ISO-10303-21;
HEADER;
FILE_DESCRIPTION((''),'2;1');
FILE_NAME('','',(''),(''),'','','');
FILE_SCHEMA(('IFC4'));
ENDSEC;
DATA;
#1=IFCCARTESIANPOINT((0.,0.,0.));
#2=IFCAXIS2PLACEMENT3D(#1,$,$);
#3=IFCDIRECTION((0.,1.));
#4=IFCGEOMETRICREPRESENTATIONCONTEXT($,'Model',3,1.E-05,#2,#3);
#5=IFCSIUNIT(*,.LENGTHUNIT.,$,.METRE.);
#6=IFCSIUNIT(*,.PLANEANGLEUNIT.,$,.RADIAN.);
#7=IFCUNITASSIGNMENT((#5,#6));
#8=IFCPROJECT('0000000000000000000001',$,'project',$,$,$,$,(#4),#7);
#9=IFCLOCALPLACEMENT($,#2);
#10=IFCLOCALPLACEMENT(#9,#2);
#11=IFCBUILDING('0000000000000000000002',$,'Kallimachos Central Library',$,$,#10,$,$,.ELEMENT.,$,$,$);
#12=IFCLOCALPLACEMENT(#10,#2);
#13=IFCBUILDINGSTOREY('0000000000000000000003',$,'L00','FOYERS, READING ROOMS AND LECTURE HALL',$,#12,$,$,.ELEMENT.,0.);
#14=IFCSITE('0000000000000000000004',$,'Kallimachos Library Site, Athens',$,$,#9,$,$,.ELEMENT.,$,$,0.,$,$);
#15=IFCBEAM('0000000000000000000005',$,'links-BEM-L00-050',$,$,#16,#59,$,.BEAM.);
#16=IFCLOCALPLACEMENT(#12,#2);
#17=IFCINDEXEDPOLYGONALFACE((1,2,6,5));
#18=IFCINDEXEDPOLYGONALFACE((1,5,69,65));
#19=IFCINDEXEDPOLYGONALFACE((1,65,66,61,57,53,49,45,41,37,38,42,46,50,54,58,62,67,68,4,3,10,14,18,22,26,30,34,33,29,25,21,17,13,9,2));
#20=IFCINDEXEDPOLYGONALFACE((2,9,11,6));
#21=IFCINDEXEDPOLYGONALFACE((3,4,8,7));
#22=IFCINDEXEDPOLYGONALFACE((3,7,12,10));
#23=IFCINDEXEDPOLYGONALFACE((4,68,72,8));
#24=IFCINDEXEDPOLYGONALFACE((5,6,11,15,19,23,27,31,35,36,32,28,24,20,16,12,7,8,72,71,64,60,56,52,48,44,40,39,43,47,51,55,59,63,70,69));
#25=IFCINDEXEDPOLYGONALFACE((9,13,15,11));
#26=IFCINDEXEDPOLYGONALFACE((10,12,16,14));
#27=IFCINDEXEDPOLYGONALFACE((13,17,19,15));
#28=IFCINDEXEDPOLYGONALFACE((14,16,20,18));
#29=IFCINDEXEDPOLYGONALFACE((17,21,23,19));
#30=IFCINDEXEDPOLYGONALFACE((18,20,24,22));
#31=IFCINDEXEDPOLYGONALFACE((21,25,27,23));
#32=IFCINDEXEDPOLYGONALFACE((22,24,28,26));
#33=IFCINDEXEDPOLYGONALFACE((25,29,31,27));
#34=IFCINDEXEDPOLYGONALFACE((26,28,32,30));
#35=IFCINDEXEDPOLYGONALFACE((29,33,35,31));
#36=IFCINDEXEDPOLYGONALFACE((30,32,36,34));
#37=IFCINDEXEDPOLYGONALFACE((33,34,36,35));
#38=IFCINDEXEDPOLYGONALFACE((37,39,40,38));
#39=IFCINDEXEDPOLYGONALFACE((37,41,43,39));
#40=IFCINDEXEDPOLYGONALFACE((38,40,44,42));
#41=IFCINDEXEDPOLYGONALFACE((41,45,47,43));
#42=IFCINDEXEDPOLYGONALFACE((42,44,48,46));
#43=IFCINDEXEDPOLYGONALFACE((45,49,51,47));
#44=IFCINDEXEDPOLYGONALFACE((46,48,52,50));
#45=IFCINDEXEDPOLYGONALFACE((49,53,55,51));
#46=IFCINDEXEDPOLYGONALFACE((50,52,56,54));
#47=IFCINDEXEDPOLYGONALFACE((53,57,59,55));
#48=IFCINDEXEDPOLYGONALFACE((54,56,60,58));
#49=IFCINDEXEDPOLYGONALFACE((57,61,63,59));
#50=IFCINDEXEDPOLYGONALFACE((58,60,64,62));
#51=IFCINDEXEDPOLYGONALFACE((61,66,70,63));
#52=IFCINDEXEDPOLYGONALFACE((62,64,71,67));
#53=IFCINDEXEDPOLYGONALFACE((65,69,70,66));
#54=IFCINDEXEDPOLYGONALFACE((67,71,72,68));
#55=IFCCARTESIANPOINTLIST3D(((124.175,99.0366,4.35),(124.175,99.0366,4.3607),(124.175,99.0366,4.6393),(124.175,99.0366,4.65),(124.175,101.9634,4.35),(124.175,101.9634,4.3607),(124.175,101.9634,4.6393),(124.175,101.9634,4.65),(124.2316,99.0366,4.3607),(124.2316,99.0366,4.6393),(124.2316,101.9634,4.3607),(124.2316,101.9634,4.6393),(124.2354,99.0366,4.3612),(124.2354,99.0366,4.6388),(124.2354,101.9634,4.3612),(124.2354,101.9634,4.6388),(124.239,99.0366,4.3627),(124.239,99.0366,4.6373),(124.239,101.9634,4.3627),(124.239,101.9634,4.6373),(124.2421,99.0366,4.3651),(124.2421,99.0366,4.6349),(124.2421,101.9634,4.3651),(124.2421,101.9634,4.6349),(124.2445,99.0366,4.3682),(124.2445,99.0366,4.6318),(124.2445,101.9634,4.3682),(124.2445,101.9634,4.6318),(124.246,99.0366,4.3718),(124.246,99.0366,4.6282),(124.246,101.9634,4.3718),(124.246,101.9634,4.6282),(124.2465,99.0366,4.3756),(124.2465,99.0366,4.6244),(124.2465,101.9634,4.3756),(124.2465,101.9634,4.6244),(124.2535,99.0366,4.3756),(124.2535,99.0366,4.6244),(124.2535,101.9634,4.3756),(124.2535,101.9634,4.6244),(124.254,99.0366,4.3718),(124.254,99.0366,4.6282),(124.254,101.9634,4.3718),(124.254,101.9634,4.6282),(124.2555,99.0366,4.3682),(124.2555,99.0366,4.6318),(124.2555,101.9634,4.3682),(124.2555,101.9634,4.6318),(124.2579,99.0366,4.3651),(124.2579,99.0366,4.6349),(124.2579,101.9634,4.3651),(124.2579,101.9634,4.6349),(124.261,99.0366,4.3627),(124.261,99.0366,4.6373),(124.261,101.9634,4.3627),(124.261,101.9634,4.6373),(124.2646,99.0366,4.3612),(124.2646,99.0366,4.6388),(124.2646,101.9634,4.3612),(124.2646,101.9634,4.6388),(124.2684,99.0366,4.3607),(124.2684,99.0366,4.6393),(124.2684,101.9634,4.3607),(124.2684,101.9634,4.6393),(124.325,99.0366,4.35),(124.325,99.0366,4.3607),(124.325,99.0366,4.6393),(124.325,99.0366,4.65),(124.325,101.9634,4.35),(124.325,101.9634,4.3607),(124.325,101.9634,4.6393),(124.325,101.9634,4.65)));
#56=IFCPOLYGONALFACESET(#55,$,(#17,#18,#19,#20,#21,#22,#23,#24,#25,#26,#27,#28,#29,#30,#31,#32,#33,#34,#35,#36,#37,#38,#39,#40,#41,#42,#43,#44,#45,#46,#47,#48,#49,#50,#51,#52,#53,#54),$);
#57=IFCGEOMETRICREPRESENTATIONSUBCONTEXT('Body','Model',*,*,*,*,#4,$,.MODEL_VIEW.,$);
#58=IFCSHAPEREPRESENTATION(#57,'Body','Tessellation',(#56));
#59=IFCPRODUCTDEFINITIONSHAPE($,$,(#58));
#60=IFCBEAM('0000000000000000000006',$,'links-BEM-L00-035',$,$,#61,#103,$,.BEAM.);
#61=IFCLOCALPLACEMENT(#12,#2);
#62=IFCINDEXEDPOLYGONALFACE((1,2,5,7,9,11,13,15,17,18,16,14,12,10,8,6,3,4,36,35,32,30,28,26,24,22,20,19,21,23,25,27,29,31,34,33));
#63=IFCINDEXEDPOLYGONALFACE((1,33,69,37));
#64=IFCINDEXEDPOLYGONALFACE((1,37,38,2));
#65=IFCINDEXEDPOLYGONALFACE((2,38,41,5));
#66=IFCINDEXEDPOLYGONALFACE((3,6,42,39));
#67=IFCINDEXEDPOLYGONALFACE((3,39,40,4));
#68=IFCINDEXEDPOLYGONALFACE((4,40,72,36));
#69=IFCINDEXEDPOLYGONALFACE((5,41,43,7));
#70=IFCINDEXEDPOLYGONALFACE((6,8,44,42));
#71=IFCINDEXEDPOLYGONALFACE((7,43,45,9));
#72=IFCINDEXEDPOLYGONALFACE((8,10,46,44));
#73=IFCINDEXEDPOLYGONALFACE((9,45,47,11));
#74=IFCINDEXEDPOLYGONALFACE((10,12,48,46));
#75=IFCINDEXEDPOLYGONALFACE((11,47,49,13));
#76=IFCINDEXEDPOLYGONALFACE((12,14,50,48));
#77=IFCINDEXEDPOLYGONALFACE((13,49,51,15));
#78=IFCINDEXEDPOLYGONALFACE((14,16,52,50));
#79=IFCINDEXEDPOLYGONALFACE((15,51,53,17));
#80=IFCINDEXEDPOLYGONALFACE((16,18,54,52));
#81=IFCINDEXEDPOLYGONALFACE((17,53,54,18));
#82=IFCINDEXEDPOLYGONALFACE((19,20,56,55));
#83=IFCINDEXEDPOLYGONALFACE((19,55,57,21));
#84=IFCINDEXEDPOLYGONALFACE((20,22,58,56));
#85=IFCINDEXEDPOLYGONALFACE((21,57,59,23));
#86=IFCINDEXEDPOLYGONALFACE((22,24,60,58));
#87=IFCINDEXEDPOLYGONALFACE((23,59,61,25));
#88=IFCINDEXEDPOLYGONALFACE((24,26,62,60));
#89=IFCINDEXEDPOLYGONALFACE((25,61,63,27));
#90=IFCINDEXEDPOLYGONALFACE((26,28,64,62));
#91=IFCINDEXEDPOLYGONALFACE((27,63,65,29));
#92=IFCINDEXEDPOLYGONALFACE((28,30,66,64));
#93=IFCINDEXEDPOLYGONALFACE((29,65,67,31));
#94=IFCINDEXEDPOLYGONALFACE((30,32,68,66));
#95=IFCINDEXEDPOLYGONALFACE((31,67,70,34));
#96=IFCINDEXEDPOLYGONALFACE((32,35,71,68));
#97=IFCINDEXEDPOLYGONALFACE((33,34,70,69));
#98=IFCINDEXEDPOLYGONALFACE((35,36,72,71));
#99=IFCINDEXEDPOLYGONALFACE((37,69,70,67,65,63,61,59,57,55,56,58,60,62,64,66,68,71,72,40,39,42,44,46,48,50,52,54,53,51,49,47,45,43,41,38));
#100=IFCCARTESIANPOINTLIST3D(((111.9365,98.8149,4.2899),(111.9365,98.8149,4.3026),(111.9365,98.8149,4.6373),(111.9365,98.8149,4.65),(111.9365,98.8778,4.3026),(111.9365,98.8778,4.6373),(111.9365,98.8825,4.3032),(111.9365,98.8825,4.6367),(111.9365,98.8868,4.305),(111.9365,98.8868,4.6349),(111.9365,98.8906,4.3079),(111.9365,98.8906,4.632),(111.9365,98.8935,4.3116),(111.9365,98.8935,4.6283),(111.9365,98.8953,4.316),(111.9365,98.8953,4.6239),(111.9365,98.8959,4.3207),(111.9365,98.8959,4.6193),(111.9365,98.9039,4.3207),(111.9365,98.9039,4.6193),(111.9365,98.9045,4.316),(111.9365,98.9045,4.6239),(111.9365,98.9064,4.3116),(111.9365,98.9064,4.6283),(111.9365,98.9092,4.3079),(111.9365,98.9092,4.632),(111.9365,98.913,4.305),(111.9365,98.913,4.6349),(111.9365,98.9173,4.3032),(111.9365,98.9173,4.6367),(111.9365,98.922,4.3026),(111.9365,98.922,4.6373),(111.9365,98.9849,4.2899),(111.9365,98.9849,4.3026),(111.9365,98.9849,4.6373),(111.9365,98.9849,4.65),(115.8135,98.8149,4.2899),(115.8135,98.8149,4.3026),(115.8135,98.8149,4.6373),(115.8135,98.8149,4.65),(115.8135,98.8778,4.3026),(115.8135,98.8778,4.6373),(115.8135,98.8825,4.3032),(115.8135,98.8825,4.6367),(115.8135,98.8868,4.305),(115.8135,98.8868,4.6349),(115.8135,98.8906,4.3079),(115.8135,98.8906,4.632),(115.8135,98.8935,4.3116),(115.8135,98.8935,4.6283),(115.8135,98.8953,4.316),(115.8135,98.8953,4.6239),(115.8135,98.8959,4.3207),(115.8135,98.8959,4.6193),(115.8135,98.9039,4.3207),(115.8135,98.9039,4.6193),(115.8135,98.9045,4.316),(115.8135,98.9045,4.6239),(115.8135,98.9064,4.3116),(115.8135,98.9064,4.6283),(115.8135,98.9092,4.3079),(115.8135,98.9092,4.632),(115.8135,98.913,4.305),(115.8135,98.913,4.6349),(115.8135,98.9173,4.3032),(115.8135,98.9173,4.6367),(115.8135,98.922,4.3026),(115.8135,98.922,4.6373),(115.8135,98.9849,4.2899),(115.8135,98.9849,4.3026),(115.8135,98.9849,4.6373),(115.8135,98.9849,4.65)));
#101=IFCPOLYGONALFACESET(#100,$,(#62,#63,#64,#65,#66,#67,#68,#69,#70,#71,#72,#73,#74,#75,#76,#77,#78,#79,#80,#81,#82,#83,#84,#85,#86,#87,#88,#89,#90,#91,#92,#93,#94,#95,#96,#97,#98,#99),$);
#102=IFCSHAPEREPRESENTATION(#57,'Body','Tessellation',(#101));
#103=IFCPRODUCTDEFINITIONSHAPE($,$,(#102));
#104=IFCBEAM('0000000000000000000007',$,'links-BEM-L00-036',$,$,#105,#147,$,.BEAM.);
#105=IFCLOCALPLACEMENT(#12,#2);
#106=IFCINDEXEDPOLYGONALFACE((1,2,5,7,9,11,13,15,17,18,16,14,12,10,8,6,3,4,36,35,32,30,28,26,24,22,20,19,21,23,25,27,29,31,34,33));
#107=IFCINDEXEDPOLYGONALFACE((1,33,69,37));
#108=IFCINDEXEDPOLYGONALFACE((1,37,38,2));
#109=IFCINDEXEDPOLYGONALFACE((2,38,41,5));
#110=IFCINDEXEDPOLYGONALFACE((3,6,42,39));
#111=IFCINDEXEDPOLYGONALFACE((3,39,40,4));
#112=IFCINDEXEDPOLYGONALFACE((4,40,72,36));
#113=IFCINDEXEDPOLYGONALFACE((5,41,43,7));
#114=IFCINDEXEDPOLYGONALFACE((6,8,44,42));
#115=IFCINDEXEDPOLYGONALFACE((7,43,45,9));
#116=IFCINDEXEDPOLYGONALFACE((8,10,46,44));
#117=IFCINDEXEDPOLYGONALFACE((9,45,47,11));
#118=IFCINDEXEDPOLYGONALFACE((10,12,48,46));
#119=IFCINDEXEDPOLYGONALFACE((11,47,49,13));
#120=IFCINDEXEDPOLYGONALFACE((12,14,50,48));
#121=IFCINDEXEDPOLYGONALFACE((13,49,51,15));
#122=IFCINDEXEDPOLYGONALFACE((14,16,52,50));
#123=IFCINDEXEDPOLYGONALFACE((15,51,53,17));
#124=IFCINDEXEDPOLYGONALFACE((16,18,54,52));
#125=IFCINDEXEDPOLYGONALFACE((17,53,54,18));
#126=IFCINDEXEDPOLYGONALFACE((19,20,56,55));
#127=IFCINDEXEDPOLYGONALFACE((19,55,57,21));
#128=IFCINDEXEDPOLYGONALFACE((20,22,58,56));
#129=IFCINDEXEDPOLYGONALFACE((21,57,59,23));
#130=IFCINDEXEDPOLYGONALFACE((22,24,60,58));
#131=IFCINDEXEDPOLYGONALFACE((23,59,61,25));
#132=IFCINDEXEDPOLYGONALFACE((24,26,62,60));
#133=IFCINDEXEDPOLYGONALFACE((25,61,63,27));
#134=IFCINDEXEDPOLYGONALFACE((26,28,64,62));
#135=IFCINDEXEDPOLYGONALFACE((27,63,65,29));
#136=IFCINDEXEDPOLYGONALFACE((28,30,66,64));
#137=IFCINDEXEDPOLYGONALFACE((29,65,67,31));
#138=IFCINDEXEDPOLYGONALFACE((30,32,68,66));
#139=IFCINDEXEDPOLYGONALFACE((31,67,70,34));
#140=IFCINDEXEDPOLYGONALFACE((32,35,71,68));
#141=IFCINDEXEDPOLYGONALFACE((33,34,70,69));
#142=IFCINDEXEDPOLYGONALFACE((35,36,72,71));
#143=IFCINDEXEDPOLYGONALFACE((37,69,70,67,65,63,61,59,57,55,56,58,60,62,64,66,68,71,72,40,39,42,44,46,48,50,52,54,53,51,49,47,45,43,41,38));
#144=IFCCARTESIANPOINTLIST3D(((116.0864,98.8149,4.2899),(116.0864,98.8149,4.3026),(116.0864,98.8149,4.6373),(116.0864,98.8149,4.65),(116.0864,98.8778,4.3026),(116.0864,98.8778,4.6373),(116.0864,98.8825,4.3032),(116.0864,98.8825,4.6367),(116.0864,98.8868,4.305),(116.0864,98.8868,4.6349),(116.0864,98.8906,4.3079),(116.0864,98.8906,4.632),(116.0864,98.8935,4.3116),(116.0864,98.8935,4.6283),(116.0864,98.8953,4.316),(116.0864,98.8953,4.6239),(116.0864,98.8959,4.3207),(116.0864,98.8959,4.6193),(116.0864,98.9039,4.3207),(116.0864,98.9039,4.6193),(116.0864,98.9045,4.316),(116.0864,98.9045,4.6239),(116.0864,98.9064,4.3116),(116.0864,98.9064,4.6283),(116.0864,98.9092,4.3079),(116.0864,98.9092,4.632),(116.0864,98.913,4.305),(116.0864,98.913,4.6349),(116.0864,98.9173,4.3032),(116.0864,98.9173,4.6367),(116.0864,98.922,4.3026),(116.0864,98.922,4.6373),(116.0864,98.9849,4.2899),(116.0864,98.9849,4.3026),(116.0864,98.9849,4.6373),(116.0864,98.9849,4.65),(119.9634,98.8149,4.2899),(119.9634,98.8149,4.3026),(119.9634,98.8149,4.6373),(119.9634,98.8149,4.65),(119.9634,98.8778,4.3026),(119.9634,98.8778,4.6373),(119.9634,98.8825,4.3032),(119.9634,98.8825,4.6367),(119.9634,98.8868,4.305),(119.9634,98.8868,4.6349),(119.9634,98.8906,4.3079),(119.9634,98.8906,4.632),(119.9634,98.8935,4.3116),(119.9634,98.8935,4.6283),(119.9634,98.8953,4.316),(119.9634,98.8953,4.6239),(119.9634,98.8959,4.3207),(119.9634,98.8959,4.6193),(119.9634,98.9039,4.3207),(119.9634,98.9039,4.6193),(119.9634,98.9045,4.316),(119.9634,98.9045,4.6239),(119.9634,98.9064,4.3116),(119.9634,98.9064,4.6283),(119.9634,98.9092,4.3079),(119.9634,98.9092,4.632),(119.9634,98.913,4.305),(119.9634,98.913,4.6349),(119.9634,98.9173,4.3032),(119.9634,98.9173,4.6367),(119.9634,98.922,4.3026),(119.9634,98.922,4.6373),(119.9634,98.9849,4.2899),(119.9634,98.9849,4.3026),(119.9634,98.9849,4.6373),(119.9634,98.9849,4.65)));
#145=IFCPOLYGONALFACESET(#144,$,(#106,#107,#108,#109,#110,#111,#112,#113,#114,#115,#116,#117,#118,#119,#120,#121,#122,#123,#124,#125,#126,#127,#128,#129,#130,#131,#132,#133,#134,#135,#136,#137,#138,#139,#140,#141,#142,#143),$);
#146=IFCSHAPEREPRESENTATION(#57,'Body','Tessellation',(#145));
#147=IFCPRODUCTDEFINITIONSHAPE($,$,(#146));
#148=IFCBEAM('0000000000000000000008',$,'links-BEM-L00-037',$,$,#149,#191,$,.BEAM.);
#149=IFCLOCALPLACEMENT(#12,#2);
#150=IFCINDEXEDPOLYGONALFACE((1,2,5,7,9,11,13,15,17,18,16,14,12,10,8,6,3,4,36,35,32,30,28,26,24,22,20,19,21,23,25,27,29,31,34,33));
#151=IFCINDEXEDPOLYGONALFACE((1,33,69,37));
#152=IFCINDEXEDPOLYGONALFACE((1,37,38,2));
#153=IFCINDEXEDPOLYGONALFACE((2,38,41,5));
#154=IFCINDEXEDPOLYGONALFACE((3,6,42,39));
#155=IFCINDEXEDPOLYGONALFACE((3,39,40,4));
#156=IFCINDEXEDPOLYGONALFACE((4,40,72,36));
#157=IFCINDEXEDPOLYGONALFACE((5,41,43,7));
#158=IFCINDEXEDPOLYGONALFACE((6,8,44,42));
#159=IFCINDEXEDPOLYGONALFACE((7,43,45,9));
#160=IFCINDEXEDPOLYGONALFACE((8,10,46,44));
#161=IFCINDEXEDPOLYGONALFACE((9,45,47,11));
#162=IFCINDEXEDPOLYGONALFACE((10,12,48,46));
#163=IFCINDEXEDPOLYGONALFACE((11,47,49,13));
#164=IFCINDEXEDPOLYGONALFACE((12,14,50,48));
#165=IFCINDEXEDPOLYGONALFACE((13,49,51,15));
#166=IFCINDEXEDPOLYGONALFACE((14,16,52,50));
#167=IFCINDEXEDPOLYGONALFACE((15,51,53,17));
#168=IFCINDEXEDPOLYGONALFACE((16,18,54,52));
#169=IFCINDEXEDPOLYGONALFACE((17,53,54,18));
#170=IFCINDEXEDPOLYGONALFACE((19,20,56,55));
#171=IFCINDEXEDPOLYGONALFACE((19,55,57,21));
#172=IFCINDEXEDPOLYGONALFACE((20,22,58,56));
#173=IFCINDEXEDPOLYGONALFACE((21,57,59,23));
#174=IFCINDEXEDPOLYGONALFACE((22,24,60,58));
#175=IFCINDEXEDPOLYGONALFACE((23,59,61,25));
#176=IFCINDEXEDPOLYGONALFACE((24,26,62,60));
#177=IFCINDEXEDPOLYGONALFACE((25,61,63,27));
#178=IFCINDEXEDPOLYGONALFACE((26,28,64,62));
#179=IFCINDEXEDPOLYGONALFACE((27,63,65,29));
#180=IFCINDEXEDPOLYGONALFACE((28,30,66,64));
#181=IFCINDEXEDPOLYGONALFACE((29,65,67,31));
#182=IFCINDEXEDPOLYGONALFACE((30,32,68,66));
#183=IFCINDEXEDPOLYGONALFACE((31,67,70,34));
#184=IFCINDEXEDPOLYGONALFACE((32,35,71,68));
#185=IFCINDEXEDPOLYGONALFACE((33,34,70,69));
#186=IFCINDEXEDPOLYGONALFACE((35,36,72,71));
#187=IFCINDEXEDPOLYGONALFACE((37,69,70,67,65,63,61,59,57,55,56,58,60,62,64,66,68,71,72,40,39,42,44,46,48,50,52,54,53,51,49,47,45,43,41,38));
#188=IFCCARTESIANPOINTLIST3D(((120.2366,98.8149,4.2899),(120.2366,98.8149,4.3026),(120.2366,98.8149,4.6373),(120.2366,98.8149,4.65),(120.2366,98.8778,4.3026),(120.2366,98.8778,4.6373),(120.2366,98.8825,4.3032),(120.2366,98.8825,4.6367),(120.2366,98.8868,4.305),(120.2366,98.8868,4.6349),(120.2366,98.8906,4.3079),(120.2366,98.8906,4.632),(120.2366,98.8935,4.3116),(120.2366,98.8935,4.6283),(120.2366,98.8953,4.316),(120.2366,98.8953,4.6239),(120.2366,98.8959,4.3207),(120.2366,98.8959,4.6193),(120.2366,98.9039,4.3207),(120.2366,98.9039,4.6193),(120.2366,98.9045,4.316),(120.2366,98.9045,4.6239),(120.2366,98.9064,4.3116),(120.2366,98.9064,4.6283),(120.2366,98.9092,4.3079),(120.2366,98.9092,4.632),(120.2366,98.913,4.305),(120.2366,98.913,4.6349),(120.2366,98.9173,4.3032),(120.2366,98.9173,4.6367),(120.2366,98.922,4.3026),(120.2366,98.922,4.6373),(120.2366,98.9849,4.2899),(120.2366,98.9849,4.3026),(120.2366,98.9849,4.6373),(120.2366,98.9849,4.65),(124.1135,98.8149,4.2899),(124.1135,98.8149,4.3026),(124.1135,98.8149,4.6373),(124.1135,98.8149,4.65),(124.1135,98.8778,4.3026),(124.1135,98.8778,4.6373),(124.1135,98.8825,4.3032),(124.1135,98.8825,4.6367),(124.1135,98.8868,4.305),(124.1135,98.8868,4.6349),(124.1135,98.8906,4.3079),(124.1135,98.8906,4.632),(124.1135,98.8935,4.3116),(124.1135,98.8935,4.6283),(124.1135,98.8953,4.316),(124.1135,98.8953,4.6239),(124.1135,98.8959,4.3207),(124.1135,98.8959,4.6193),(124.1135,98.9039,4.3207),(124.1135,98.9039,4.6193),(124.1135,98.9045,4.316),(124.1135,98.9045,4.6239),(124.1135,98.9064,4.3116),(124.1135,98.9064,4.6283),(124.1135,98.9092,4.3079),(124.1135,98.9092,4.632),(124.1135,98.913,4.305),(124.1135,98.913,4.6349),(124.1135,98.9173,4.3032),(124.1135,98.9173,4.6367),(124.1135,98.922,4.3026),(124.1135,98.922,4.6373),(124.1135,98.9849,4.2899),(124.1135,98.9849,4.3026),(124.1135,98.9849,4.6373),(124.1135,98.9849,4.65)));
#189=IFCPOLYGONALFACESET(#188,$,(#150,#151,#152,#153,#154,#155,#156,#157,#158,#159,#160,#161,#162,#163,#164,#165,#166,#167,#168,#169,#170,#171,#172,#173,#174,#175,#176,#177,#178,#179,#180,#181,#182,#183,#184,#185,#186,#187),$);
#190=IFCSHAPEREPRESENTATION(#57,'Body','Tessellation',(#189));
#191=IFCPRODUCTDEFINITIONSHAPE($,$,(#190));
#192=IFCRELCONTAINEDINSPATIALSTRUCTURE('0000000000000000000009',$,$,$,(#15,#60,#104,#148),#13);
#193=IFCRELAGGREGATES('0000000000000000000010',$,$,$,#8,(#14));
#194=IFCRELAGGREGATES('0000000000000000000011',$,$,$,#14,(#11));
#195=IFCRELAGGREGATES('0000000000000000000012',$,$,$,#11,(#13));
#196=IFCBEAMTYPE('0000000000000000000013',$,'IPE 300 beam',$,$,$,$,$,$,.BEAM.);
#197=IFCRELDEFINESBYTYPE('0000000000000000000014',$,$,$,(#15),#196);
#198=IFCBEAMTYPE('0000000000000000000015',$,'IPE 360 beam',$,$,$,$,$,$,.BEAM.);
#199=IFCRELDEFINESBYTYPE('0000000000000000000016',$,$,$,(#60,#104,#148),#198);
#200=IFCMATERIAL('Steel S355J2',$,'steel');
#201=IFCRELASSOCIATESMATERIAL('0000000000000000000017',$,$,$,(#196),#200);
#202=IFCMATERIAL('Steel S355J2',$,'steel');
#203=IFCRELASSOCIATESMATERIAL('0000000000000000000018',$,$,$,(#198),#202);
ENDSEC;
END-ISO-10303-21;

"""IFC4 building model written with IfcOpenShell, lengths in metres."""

from ifc_helpers import new_model, si_unit, direction, frame, origin, origin_2d, place, context, subcontext, project, spatial, i_section, extrude, material, material_profile, profile_set, type_object, element, save


model = new_model("IFC4")

# Units and contexts
model_context = context("Model", 3, precision=1e-05, world=origin(), true_north=direction((0.0, 1.0)))
body_context = subcontext(model_context, "Body", "Model", "MODEL_VIEW")
ifc_project = project(units=[si_unit("LENGTHUNIT", "METRE"), si_unit("PLANEANGLEUNIT", "RADIAN")], contexts=[model_context])

# Site, building, storey
site_placement = place(None, origin())
site = spatial("IfcSite", under=ifc_project, at=site_placement, Name="Kallimachos Library Site, Athens", CompositionType="ELEMENT", RefElevation=0.0)
building_placement = place(site_placement, origin())
building = spatial("IfcBuilding", under=site, at=building_placement, Name="Kallimachos Central Library", CompositionType="ELEMENT")
storey_placement = place(building_placement, origin())
storey = spatial("IfcBuildingStorey", under=building, at=storey_placement, Name="L00", Description="FOYERS, READING ROOMS AND LECTURE HALL", CompositionType="ELEMENT", Elevation=0.0)

# Beams
ifc_material_1 = material(Name="Steel S355J2", Category="steel")
ifc_material_profile_1 = material_profile(ifc_material_1, i_section(OverallWidth=0.1499, OverallDepth=0.3, WebThickness=0.0071, FlangeThickness=0.0107, FilletRadius=0.0149, at=origin_2d()), Name="IPE 300")
ifc_profile_set_1 = profile_set([ifc_material_profile_1], Name="Steel S355J2")
beam_type_1 = type_object("IfcBeamType", Name="IPE 300 beam", PredefinedType="BEAM", material=ifc_profile_set_1)
for number, where, z_axis, x_axis, name in (
    (1, (124.25, 99.0366, 4.5), (0.0, 1.0, 0.0), (-1.0, 0.0, 0.0), "links-BEM-L00-050"),
):
    element("IfcBeam", number, at=place(storey_placement, frame(where, z_axis=z_axis, x_axis=x_axis)), inside=storey, type_object=beam_type_1, Name=name, PredefinedType="BEAM", context=body_context, shape_type="SweptSolid", body=[
        extrude(i_section(OverallWidth=0.1499, OverallDepth=0.3, WebThickness=0.0071, FlangeThickness=0.0107, FilletRadius=0.0149, at=origin_2d()), origin(), (0.0, 0.0, 1.0), 2.9268),
    ])
ifc_material_2 = material(Name="Steel S355J2", Category="steel")
ifc_material_profile_2 = material_profile(ifc_material_2, i_section(OverallWidth=0.1699, OverallDepth=0.3601, WebThickness=0.0081, FlangeThickness=0.0127, FilletRadius=0.0181, at=origin_2d()), Name="IPE 360")
ifc_profile_set_2 = profile_set([ifc_material_profile_2], Name="Steel S355J2")
beam_type_2 = type_object("IfcBeamType", Name="IPE 360 beam", PredefinedType="BEAM", material=ifc_profile_set_2)
for number, where, z_axis, x_axis, name in (
    (2, (111.9365, 98.8999, 4.47), (1.0, 0.0, 0.0), (0.0, 1.0, 0.0), "links-BEM-L00-035"),
    (3, (116.0864, 98.8999, 4.47), (1.0, 0.0, 0.0), (0.0, 1.0, 0.0), "links-BEM-L00-036"),
    (4, (120.2366, 98.8999, 4.47), (1.0, 0.0, 0.0), (0.0, 1.0, 0.0), "links-BEM-L00-037"),
):
    element("IfcBeam", number, at=place(storey_placement, frame(where, z_axis=z_axis, x_axis=x_axis)), inside=storey, type_object=beam_type_2, Name=name, PredefinedType="BEAM", context=body_context, shape_type="SweptSolid", body=[
        extrude(i_section(OverallWidth=0.1699, OverallDepth=0.3601, WebThickness=0.0081, FlangeThickness=0.0127, FilletRadius=0.0181, at=origin_2d()), origin(), (0.0, 0.0, 1.0), 3.877),
    ])

save(model, "model.ifc")
